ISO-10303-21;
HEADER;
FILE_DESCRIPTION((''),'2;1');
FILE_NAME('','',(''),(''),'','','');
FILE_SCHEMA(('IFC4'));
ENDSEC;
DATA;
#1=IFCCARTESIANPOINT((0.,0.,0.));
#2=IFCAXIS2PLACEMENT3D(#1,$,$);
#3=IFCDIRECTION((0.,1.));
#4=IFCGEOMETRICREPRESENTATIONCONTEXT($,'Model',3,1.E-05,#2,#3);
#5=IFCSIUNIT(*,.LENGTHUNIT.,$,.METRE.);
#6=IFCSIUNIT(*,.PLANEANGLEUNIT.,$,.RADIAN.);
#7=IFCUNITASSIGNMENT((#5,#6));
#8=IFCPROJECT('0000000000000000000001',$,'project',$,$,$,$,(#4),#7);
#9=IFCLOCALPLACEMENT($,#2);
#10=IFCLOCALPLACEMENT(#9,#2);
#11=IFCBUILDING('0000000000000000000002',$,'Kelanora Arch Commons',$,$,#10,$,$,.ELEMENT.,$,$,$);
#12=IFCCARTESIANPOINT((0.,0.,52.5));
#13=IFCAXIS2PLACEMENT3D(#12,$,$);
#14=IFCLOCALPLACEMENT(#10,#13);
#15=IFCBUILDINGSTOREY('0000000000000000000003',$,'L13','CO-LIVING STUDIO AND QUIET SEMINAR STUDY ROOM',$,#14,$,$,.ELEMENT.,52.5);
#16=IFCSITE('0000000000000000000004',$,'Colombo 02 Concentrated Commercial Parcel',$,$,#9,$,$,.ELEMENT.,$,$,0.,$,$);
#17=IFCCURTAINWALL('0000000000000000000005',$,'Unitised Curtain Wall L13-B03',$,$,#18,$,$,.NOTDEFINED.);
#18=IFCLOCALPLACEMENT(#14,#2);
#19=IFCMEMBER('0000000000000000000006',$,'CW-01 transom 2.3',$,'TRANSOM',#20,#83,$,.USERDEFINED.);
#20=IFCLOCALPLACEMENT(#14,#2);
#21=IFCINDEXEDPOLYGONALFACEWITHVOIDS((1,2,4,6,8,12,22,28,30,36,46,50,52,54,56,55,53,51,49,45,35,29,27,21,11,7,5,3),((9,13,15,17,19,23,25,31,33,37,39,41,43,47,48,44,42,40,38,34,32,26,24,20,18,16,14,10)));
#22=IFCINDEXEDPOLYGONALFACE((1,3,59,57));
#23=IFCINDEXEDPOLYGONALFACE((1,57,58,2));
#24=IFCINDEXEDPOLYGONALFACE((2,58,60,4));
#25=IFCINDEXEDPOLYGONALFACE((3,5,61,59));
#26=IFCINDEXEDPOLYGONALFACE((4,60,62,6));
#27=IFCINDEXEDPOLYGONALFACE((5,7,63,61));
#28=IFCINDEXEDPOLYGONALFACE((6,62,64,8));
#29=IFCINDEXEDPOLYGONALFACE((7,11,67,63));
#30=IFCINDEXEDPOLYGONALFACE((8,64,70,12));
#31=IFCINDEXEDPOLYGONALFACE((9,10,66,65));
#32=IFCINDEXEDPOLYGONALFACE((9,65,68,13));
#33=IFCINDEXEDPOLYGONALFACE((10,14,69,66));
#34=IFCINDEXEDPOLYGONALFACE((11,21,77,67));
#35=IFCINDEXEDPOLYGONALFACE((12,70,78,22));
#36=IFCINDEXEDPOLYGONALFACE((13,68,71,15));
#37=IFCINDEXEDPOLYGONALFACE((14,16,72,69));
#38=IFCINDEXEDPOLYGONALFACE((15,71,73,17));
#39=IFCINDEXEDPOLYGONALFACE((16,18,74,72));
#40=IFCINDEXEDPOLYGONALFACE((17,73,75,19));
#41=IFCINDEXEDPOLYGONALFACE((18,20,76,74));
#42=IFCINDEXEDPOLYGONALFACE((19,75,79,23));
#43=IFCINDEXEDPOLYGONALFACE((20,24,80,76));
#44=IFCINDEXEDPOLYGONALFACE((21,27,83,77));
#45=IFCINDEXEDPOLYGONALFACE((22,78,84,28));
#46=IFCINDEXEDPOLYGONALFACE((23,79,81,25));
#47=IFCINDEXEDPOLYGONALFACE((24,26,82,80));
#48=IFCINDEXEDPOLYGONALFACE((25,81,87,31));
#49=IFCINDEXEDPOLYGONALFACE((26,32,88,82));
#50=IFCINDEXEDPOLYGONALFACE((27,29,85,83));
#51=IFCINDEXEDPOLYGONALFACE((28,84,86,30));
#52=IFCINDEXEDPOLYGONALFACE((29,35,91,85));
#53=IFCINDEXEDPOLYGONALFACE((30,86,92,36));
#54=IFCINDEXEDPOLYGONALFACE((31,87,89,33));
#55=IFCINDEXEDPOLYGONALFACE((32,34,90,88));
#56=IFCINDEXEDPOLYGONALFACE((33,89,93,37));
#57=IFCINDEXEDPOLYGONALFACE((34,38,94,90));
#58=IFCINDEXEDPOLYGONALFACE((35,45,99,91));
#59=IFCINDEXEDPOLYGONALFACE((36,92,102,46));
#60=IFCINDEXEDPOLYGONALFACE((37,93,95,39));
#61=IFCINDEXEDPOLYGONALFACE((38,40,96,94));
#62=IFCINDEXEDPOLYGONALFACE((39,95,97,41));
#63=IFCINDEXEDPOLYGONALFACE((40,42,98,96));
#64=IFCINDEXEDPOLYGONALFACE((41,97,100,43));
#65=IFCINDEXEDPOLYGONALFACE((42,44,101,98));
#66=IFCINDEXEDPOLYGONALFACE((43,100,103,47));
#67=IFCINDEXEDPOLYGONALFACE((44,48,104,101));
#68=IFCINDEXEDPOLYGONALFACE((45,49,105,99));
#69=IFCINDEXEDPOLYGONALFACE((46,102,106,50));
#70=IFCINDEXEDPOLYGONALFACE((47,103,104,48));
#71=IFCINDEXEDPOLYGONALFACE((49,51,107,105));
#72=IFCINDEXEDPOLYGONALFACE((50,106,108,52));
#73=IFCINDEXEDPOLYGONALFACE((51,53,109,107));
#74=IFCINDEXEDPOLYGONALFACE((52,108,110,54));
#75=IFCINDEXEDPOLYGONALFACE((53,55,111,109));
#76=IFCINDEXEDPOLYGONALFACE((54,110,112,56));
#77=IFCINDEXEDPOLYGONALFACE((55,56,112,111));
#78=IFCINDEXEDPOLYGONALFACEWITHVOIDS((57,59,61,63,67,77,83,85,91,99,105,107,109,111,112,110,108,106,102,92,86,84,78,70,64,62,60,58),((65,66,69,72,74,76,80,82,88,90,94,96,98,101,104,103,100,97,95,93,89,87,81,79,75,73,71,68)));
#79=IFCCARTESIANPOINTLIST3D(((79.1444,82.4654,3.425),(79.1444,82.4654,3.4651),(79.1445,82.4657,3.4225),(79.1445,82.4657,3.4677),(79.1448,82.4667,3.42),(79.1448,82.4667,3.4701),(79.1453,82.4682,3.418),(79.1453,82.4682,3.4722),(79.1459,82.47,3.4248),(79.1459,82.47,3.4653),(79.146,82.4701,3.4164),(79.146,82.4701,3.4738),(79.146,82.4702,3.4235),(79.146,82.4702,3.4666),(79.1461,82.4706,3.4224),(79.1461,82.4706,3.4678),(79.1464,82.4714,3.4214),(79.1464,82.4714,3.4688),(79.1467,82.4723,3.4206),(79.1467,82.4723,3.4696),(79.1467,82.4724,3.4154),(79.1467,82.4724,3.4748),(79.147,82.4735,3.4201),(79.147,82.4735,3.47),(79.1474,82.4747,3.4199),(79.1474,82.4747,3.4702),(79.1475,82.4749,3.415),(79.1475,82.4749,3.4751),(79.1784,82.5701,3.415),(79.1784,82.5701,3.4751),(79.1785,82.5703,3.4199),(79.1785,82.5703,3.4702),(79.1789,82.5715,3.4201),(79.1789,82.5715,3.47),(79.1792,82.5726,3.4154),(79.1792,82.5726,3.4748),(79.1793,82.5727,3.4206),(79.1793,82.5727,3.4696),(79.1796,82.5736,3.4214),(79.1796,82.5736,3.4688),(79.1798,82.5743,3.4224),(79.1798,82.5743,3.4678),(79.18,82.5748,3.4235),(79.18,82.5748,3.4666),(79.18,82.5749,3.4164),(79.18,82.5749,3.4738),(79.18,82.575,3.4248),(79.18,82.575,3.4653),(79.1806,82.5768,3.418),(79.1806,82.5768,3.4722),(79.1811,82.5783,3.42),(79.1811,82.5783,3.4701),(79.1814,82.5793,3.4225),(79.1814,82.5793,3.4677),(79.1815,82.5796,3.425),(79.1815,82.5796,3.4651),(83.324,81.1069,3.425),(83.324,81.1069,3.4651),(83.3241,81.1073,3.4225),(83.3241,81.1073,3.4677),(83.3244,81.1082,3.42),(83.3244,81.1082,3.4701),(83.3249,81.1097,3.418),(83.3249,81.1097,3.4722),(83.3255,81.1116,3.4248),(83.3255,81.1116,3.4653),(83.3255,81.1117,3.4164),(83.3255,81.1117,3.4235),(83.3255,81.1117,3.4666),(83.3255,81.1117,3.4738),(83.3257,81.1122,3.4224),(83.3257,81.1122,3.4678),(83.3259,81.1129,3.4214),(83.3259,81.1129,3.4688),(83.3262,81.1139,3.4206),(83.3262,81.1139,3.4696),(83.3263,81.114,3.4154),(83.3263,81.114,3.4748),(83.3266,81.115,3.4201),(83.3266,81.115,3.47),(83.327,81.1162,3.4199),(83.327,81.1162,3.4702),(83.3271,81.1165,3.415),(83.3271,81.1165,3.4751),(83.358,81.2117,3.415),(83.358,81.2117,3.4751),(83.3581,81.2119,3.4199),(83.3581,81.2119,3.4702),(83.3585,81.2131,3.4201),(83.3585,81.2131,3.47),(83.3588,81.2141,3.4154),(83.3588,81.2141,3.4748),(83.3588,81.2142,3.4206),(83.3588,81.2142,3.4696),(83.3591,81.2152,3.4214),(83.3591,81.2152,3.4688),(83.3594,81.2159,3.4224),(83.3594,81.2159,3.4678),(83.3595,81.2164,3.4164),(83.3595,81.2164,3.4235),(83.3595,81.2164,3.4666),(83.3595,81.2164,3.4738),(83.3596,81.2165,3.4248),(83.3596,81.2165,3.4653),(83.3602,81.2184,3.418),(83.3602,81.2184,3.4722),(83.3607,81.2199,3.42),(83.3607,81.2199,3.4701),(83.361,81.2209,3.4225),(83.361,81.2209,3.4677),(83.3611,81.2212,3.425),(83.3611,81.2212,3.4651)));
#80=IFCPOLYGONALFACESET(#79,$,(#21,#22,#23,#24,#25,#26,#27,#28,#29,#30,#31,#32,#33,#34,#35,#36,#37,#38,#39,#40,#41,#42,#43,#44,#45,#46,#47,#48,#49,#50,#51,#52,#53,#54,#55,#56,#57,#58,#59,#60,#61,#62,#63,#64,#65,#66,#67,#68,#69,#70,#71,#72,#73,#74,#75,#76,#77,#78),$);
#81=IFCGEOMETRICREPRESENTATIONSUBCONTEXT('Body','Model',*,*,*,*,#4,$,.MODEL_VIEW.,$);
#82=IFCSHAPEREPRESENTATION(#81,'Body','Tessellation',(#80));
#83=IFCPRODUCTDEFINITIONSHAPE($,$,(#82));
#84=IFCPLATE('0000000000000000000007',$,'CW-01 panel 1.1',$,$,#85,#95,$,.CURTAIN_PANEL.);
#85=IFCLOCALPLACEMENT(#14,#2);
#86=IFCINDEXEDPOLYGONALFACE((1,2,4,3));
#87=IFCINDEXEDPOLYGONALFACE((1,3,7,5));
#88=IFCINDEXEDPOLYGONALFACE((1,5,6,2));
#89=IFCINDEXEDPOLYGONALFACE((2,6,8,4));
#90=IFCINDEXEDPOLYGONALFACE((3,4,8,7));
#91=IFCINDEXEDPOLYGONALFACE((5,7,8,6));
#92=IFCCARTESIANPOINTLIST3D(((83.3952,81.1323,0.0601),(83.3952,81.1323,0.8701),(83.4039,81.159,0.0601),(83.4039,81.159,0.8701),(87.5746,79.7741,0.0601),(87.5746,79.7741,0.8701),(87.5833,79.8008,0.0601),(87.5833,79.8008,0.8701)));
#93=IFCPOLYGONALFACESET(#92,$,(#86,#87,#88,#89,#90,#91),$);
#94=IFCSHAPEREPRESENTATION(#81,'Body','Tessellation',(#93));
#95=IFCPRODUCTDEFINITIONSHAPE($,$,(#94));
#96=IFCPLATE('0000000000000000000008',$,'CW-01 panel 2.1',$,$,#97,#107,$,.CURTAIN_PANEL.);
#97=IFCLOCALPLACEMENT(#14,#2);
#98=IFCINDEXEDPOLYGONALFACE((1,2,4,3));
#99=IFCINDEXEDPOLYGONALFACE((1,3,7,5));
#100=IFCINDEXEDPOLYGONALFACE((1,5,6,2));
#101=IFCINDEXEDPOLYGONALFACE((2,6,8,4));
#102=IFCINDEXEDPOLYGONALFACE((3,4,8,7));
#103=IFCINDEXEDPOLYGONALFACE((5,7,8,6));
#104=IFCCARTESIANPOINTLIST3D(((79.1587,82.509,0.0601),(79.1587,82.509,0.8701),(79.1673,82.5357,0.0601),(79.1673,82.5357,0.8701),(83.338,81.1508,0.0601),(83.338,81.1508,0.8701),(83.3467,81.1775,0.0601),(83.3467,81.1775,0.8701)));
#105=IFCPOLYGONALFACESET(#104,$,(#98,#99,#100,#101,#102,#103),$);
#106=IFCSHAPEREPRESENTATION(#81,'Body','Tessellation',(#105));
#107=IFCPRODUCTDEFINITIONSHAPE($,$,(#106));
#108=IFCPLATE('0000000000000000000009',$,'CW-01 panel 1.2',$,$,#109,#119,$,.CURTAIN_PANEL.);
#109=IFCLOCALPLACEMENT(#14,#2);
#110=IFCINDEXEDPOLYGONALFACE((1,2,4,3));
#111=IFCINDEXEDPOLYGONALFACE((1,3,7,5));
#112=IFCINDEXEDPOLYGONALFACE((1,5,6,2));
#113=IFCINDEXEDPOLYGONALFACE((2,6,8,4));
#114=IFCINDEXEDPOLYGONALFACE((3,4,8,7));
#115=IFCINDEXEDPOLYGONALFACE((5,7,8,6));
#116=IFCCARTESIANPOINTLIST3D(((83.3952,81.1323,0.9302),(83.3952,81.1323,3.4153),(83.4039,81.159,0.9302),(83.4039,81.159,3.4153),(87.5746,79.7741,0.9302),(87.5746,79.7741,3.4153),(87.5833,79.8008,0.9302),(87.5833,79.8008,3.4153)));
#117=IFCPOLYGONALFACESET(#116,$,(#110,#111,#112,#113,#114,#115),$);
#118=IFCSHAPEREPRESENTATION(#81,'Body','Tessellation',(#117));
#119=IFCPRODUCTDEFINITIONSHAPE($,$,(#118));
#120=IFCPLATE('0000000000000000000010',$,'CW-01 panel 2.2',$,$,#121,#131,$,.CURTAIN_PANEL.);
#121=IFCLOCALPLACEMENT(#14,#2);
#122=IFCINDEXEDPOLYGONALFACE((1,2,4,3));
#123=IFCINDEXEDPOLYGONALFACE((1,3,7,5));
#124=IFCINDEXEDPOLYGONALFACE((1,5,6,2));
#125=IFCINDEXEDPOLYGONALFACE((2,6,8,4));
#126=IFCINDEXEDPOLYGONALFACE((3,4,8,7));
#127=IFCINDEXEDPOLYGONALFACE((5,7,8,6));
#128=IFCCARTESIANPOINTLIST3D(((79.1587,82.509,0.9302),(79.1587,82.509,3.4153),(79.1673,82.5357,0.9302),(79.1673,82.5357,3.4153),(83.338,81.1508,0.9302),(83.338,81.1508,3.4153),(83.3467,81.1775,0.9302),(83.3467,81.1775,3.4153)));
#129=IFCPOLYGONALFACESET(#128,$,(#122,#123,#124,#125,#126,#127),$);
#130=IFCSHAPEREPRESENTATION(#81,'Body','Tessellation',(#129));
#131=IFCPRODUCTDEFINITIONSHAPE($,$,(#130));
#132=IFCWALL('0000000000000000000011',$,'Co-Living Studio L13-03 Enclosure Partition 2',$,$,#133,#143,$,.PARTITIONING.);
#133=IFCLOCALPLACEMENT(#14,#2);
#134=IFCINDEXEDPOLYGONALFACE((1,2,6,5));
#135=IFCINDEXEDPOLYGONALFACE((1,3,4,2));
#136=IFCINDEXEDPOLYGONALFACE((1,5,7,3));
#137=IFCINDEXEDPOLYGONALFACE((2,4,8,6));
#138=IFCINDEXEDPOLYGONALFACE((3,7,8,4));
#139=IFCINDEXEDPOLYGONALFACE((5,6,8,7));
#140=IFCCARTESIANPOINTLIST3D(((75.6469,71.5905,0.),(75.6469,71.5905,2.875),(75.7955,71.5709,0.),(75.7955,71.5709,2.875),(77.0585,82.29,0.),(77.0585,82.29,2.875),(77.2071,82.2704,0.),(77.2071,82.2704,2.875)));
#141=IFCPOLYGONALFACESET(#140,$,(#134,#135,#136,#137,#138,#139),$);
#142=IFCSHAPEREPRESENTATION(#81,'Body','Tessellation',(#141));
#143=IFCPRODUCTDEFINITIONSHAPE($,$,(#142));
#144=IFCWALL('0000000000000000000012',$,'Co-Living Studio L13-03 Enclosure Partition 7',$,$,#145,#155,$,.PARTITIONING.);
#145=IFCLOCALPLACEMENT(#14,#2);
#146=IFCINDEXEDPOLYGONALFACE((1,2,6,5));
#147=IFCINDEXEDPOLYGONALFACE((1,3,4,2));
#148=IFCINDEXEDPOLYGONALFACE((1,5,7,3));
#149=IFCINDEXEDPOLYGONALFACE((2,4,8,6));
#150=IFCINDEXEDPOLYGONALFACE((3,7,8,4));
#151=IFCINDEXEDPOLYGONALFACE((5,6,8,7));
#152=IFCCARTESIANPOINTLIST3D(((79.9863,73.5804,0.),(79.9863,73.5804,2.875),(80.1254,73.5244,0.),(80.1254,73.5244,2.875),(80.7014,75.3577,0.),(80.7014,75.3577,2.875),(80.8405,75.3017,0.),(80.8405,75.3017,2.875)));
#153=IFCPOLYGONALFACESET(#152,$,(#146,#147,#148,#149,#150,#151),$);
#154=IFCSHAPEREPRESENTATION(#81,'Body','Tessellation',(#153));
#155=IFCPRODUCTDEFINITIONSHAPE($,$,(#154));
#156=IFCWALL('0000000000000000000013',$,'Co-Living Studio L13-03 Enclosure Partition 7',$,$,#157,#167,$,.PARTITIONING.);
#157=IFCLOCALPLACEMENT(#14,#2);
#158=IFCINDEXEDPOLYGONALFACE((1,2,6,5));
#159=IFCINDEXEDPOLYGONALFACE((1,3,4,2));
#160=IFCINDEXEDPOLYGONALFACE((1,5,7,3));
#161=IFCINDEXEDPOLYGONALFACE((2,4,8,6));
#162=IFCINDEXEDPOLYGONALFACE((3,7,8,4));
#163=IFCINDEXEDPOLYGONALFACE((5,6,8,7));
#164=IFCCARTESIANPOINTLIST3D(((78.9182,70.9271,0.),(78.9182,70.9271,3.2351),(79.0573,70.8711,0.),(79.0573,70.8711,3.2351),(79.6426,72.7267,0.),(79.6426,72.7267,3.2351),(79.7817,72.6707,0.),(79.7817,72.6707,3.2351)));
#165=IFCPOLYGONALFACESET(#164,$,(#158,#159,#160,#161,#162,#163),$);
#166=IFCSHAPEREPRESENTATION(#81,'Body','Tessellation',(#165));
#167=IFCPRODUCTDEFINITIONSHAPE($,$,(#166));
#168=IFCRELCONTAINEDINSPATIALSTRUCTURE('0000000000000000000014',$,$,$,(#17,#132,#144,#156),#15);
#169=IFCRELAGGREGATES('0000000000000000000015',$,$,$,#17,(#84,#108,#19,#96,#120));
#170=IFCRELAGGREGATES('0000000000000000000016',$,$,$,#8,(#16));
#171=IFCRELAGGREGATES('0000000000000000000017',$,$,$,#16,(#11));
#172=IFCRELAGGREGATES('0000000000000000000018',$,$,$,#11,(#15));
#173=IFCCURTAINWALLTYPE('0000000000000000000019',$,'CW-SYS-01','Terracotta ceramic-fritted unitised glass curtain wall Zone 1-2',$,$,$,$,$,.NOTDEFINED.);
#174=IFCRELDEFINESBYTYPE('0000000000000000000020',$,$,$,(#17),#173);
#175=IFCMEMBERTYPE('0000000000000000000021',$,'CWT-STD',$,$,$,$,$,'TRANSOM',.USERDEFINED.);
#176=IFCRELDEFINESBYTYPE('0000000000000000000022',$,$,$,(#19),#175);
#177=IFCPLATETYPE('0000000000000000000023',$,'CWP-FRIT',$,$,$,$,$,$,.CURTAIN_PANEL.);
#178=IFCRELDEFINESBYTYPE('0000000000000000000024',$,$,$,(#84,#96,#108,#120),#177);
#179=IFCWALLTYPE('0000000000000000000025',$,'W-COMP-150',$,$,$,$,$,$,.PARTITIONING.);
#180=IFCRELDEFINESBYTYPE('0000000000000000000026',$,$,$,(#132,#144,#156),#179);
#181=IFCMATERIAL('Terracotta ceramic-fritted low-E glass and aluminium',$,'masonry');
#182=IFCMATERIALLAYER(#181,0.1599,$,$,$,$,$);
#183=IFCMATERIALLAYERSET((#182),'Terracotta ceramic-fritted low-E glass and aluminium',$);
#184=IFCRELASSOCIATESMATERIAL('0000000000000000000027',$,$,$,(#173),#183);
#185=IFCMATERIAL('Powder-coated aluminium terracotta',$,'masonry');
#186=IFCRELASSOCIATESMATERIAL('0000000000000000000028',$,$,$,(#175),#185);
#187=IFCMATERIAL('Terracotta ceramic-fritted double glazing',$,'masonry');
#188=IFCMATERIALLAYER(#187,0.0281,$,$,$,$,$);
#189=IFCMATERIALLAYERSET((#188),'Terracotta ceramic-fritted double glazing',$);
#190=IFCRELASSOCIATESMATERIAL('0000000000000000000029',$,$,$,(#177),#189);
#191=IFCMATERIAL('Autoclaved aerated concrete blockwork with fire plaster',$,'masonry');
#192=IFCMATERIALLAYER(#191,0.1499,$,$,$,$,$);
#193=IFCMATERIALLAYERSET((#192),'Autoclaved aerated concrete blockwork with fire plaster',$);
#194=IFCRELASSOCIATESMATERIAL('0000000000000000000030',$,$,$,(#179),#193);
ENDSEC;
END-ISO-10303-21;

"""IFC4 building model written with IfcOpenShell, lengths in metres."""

from ifc_helpers import new_model, si_unit, direction, frame, frame_2d, origin, origin_2d, place, context, subcontext, project, spatial, rectangle, hollow_rectangle, extrude, source, transform, mapped, material, layer, layer_set, material_profile, profile_set, type_object, element, aggregate, save


model = new_model("IFC4")

# Units and contexts
model_context = context("Model", 3, precision=1e-05, world=origin(), true_north=direction((0.0, 1.0)))
body_context = subcontext(model_context, "Body", "Model", "MODEL_VIEW")
ifc_project = project(units=[si_unit("LENGTHUNIT", "METRE"), si_unit("PLANEANGLEUNIT", "RADIAN")], contexts=[model_context])

# Site, building, storey
site_placement = place(None, origin())
site = spatial("IfcSite", under=ifc_project, at=site_placement, Name="Colombo 02 Concentrated Commercial Parcel", CompositionType="ELEMENT", RefElevation=0.0)
building_placement = place(site_placement, origin())
building = spatial("IfcBuilding", under=site, at=building_placement, Name="Kelanora Arch Commons", CompositionType="ELEMENT")
storey_placement = place(building_placement, frame((0.0, 0.0, 52.5)))
storey = spatial("IfcBuildingStorey", under=building, at=storey_placement, Name="L13", Description="CO-LIVING STUDIO AND QUIET SEMINAR STUDY ROOM", CompositionType="ELEMENT", Elevation=52.5)

# Curtain wall, member, plates
ifc_material_1 = material(Name="Terracotta ceramic-fritted low-E glass and aluminium", Category="masonry")
ifc_layer_1 = layer(ifc_material_1, 0.1599)
ifc_layer_set_1 = layer_set([ifc_layer_1], Name="Terracotta ceramic-fritted low-E glass and aluminium")
curtain_wall_type = type_object("IfcCurtainWallType", Name="CW-SYS-01", Description="Terracotta ceramic-fritted unitised glass curtain wall Zone 1-2", PredefinedType="NOTDEFINED", material=ifc_layer_set_1)
curtain_wall_placement = place(storey_placement, origin())
curtain_wall = element("IfcCurtainWall", 1, at=curtain_wall_placement, inside=storey, type_object=curtain_wall_type, Name="Unitised Curtain Wall L13-B03", PredefinedType="NOTDEFINED")
ifc_material_2 = material(Name="Powder-coated aluminium terracotta", Category="masonry")
ifc_material_profile_1 = material_profile(ifc_material_2, hollow_rectangle(XDim=0.1201, YDim=0.0601, WallThickness=0.0049, InnerFilletRadius=0.0049, OuterFilletRadius=0.01, at=origin_2d()), Name="CWT120x60")
ifc_profile_set_1 = profile_set([ifc_material_profile_1], Name="Powder-coated aluminium terracotta")
member_type_1 = type_object("IfcMemberType", Name="CWT-STD", ElementType="TRANSOM", PredefinedType="USERDEFINED", material=ifc_profile_set_1)
member_1_placement = place(storey_placement, frame((83.3425, 81.1641, 3.4451), z_axis=(-0.951029, 0.309102, 0.0), x_axis=(-0.309102, -0.951029, 0.0)))
member_1 = element("IfcMember", 2, at=member_1_placement, type_object=member_type_1, Name="CW-01 transom 2.3", ObjectType="TRANSOM", PredefinedType="USERDEFINED", context=body_context, shape_type="SweptSolid", body=[
    extrude(hollow_rectangle(XDim=0.1201, YDim=0.0601, WallThickness=0.0049, InnerFilletRadius=0.0049, OuterFilletRadius=0.01, at=origin_2d()), origin(), (0.0, 0.0, 1.0), 4.3948),
])
ifc_material_3 = material(Name="Terracotta ceramic-fritted double glazing", Category="masonry")
ifc_layer_2 = layer(ifc_material_3, 0.0281)
ifc_layer_set_2 = layer_set([ifc_layer_2], Name="Terracotta ceramic-fritted double glazing")
plate_type = type_object("IfcPlateType", Name="CWP-FRIT", PredefinedType="CURTAIN_PANEL", material=ifc_layer_set_2)
shared_shape_1 = source(origin(), body_context, "Body", "SweptSolid", [
    extrude(rectangle(XDim=4.3945, YDim=0.0281, at=origin_2d()), origin(), (0.0, 0.0, 1.0), 0.8101),
])
plate_1_placement = place(storey_placement, frame((85.4893, 80.4666, 0.0601), z_axis=(0.0, 0.0, 1.0), x_axis=(-0.951043, 0.309058, 0.0)))
plate_1 = element("IfcPlate", 3, at=plate_1_placement, type_object=plate_type, Name="CW-01 panel 1.1", PredefinedType="CURTAIN_PANEL", context=body_context, shape_type="MappedRepresentation", body=[
    mapped(shared_shape_1, transform((0.0, 0.0, 0.0), scale=1.0)),
])
plate_2_placement = place(storey_placement, frame((81.2527, 81.8433, 0.0601), z_axis=(0.0, 0.0, 1.0), x_axis=(-0.951043, 0.309058, 0.0)))
plate_2 = element("IfcPlate", 4, at=plate_2_placement, type_object=plate_type, Name="CW-01 panel 2.1", PredefinedType="CURTAIN_PANEL", context=body_context, shape_type="MappedRepresentation", body=[
    mapped(shared_shape_1, transform((0.0, 0.0, 0.0), scale=1.0)),
])
shared_shape_2 = source(origin(), body_context, "Body", "SweptSolid", [
    extrude(rectangle(XDim=4.3945, YDim=0.0281, at=origin_2d()), origin(), (0.0, 0.0, 1.0), 2.4851),
])
plate_3_placement = place(storey_placement, frame((85.4893, 80.4666, 0.9302), z_axis=(0.0, 0.0, 1.0), x_axis=(-0.951043, 0.309058, 0.0)))
plate_3 = element("IfcPlate", 5, at=plate_3_placement, type_object=plate_type, Name="CW-01 panel 1.2", PredefinedType="CURTAIN_PANEL", context=body_context, shape_type="MappedRepresentation", body=[
    mapped(shared_shape_2, transform((0.0, 0.0, 0.0), scale=1.0)),
])
plate_4_placement = place(storey_placement, frame((81.2527, 81.8433, 0.9302), z_axis=(0.0, 0.0, 1.0), x_axis=(-0.951043, 0.309058, 0.0)))
plate_4 = element("IfcPlate", 6, at=plate_4_placement, type_object=plate_type, Name="CW-01 panel 2.2", PredefinedType="CURTAIN_PANEL", context=body_context, shape_type="MappedRepresentation", body=[
    mapped(shared_shape_2, transform((0.0, 0.0, 0.0), scale=1.0)),
])
aggregate(curtain_wall, [plate_1, plate_3, member_1, plate_2, plate_4])

# Walls
ifc_material_4 = material(Name="Autoclaved aerated concrete blockwork with fire plaster", Category="masonry")
ifc_layer_3 = layer(ifc_material_4, 0.1499)
ifc_layer_set_3 = layer_set([ifc_layer_3], Name="Autoclaved aerated concrete blockwork with fire plaster")
wall_type_1 = type_object("IfcWallType", Name="W-COMP-150", PredefinedType="PARTITIONING", material=ifc_layer_set_3)
wall_1_placement = place(storey_placement, frame((75.7212, 71.5808, 0.0), z_axis=(0.0, 0.0, 1.0), x_axis=(0.1308, 0.991409, 0.0)))
element("IfcWall", 7, at=wall_1_placement, inside=storey, type_object=wall_type_1, Name="Co-Living Studio L13-03 Enclosure Partition 2", PredefinedType="PARTITIONING", context=body_context, shape_type="SweptSolid", body=[
    extrude(rectangle(XDim=10.7922, YDim=0.1499, at=frame_2d((5.396, 0.0))), origin(), (0.0, 0.0, 1.0), 2.875),
])
wall_2_placement = place(storey_placement, frame((80.771, 75.3298, 0.0), z_axis=(0.0, 0.0, 1.0), x_axis=(-0.373258, -0.927728, 0.0)))
element("IfcWall", 8, at=wall_2_placement, inside=storey, type_object=wall_type_1, Name="Co-Living Studio L13-03 Enclosure Partition 7", PredefinedType="PARTITIONING", context=body_context, shape_type="SweptSolid", body=[
    extrude(rectangle(XDim=1.9158, YDim=0.1499, at=frame_2d((0.958, 0.0))), origin(), (0.0, 0.0, 1.0), 2.875),
])
wall_3_placement = place(storey_placement, frame((79.7122, 72.6987, 0.0), z_axis=(0.0, 0.0, 1.0), x_axis=(-0.373408, -0.927667, 0.0)))
element("IfcWall", 9, at=wall_3_placement, inside=storey, type_object=wall_type_1, Name="Co-Living Studio L13-03 Enclosure Partition 7", PredefinedType="PARTITIONING", context=body_context, shape_type="SweptSolid", body=[
    extrude(rectangle(XDim=1.9399, YDim=0.1499, at=frame_2d((0.97, 0.0))), origin(), (0.0, 0.0, 1.0), 3.2351),
])

save(model, "model.ifc")
